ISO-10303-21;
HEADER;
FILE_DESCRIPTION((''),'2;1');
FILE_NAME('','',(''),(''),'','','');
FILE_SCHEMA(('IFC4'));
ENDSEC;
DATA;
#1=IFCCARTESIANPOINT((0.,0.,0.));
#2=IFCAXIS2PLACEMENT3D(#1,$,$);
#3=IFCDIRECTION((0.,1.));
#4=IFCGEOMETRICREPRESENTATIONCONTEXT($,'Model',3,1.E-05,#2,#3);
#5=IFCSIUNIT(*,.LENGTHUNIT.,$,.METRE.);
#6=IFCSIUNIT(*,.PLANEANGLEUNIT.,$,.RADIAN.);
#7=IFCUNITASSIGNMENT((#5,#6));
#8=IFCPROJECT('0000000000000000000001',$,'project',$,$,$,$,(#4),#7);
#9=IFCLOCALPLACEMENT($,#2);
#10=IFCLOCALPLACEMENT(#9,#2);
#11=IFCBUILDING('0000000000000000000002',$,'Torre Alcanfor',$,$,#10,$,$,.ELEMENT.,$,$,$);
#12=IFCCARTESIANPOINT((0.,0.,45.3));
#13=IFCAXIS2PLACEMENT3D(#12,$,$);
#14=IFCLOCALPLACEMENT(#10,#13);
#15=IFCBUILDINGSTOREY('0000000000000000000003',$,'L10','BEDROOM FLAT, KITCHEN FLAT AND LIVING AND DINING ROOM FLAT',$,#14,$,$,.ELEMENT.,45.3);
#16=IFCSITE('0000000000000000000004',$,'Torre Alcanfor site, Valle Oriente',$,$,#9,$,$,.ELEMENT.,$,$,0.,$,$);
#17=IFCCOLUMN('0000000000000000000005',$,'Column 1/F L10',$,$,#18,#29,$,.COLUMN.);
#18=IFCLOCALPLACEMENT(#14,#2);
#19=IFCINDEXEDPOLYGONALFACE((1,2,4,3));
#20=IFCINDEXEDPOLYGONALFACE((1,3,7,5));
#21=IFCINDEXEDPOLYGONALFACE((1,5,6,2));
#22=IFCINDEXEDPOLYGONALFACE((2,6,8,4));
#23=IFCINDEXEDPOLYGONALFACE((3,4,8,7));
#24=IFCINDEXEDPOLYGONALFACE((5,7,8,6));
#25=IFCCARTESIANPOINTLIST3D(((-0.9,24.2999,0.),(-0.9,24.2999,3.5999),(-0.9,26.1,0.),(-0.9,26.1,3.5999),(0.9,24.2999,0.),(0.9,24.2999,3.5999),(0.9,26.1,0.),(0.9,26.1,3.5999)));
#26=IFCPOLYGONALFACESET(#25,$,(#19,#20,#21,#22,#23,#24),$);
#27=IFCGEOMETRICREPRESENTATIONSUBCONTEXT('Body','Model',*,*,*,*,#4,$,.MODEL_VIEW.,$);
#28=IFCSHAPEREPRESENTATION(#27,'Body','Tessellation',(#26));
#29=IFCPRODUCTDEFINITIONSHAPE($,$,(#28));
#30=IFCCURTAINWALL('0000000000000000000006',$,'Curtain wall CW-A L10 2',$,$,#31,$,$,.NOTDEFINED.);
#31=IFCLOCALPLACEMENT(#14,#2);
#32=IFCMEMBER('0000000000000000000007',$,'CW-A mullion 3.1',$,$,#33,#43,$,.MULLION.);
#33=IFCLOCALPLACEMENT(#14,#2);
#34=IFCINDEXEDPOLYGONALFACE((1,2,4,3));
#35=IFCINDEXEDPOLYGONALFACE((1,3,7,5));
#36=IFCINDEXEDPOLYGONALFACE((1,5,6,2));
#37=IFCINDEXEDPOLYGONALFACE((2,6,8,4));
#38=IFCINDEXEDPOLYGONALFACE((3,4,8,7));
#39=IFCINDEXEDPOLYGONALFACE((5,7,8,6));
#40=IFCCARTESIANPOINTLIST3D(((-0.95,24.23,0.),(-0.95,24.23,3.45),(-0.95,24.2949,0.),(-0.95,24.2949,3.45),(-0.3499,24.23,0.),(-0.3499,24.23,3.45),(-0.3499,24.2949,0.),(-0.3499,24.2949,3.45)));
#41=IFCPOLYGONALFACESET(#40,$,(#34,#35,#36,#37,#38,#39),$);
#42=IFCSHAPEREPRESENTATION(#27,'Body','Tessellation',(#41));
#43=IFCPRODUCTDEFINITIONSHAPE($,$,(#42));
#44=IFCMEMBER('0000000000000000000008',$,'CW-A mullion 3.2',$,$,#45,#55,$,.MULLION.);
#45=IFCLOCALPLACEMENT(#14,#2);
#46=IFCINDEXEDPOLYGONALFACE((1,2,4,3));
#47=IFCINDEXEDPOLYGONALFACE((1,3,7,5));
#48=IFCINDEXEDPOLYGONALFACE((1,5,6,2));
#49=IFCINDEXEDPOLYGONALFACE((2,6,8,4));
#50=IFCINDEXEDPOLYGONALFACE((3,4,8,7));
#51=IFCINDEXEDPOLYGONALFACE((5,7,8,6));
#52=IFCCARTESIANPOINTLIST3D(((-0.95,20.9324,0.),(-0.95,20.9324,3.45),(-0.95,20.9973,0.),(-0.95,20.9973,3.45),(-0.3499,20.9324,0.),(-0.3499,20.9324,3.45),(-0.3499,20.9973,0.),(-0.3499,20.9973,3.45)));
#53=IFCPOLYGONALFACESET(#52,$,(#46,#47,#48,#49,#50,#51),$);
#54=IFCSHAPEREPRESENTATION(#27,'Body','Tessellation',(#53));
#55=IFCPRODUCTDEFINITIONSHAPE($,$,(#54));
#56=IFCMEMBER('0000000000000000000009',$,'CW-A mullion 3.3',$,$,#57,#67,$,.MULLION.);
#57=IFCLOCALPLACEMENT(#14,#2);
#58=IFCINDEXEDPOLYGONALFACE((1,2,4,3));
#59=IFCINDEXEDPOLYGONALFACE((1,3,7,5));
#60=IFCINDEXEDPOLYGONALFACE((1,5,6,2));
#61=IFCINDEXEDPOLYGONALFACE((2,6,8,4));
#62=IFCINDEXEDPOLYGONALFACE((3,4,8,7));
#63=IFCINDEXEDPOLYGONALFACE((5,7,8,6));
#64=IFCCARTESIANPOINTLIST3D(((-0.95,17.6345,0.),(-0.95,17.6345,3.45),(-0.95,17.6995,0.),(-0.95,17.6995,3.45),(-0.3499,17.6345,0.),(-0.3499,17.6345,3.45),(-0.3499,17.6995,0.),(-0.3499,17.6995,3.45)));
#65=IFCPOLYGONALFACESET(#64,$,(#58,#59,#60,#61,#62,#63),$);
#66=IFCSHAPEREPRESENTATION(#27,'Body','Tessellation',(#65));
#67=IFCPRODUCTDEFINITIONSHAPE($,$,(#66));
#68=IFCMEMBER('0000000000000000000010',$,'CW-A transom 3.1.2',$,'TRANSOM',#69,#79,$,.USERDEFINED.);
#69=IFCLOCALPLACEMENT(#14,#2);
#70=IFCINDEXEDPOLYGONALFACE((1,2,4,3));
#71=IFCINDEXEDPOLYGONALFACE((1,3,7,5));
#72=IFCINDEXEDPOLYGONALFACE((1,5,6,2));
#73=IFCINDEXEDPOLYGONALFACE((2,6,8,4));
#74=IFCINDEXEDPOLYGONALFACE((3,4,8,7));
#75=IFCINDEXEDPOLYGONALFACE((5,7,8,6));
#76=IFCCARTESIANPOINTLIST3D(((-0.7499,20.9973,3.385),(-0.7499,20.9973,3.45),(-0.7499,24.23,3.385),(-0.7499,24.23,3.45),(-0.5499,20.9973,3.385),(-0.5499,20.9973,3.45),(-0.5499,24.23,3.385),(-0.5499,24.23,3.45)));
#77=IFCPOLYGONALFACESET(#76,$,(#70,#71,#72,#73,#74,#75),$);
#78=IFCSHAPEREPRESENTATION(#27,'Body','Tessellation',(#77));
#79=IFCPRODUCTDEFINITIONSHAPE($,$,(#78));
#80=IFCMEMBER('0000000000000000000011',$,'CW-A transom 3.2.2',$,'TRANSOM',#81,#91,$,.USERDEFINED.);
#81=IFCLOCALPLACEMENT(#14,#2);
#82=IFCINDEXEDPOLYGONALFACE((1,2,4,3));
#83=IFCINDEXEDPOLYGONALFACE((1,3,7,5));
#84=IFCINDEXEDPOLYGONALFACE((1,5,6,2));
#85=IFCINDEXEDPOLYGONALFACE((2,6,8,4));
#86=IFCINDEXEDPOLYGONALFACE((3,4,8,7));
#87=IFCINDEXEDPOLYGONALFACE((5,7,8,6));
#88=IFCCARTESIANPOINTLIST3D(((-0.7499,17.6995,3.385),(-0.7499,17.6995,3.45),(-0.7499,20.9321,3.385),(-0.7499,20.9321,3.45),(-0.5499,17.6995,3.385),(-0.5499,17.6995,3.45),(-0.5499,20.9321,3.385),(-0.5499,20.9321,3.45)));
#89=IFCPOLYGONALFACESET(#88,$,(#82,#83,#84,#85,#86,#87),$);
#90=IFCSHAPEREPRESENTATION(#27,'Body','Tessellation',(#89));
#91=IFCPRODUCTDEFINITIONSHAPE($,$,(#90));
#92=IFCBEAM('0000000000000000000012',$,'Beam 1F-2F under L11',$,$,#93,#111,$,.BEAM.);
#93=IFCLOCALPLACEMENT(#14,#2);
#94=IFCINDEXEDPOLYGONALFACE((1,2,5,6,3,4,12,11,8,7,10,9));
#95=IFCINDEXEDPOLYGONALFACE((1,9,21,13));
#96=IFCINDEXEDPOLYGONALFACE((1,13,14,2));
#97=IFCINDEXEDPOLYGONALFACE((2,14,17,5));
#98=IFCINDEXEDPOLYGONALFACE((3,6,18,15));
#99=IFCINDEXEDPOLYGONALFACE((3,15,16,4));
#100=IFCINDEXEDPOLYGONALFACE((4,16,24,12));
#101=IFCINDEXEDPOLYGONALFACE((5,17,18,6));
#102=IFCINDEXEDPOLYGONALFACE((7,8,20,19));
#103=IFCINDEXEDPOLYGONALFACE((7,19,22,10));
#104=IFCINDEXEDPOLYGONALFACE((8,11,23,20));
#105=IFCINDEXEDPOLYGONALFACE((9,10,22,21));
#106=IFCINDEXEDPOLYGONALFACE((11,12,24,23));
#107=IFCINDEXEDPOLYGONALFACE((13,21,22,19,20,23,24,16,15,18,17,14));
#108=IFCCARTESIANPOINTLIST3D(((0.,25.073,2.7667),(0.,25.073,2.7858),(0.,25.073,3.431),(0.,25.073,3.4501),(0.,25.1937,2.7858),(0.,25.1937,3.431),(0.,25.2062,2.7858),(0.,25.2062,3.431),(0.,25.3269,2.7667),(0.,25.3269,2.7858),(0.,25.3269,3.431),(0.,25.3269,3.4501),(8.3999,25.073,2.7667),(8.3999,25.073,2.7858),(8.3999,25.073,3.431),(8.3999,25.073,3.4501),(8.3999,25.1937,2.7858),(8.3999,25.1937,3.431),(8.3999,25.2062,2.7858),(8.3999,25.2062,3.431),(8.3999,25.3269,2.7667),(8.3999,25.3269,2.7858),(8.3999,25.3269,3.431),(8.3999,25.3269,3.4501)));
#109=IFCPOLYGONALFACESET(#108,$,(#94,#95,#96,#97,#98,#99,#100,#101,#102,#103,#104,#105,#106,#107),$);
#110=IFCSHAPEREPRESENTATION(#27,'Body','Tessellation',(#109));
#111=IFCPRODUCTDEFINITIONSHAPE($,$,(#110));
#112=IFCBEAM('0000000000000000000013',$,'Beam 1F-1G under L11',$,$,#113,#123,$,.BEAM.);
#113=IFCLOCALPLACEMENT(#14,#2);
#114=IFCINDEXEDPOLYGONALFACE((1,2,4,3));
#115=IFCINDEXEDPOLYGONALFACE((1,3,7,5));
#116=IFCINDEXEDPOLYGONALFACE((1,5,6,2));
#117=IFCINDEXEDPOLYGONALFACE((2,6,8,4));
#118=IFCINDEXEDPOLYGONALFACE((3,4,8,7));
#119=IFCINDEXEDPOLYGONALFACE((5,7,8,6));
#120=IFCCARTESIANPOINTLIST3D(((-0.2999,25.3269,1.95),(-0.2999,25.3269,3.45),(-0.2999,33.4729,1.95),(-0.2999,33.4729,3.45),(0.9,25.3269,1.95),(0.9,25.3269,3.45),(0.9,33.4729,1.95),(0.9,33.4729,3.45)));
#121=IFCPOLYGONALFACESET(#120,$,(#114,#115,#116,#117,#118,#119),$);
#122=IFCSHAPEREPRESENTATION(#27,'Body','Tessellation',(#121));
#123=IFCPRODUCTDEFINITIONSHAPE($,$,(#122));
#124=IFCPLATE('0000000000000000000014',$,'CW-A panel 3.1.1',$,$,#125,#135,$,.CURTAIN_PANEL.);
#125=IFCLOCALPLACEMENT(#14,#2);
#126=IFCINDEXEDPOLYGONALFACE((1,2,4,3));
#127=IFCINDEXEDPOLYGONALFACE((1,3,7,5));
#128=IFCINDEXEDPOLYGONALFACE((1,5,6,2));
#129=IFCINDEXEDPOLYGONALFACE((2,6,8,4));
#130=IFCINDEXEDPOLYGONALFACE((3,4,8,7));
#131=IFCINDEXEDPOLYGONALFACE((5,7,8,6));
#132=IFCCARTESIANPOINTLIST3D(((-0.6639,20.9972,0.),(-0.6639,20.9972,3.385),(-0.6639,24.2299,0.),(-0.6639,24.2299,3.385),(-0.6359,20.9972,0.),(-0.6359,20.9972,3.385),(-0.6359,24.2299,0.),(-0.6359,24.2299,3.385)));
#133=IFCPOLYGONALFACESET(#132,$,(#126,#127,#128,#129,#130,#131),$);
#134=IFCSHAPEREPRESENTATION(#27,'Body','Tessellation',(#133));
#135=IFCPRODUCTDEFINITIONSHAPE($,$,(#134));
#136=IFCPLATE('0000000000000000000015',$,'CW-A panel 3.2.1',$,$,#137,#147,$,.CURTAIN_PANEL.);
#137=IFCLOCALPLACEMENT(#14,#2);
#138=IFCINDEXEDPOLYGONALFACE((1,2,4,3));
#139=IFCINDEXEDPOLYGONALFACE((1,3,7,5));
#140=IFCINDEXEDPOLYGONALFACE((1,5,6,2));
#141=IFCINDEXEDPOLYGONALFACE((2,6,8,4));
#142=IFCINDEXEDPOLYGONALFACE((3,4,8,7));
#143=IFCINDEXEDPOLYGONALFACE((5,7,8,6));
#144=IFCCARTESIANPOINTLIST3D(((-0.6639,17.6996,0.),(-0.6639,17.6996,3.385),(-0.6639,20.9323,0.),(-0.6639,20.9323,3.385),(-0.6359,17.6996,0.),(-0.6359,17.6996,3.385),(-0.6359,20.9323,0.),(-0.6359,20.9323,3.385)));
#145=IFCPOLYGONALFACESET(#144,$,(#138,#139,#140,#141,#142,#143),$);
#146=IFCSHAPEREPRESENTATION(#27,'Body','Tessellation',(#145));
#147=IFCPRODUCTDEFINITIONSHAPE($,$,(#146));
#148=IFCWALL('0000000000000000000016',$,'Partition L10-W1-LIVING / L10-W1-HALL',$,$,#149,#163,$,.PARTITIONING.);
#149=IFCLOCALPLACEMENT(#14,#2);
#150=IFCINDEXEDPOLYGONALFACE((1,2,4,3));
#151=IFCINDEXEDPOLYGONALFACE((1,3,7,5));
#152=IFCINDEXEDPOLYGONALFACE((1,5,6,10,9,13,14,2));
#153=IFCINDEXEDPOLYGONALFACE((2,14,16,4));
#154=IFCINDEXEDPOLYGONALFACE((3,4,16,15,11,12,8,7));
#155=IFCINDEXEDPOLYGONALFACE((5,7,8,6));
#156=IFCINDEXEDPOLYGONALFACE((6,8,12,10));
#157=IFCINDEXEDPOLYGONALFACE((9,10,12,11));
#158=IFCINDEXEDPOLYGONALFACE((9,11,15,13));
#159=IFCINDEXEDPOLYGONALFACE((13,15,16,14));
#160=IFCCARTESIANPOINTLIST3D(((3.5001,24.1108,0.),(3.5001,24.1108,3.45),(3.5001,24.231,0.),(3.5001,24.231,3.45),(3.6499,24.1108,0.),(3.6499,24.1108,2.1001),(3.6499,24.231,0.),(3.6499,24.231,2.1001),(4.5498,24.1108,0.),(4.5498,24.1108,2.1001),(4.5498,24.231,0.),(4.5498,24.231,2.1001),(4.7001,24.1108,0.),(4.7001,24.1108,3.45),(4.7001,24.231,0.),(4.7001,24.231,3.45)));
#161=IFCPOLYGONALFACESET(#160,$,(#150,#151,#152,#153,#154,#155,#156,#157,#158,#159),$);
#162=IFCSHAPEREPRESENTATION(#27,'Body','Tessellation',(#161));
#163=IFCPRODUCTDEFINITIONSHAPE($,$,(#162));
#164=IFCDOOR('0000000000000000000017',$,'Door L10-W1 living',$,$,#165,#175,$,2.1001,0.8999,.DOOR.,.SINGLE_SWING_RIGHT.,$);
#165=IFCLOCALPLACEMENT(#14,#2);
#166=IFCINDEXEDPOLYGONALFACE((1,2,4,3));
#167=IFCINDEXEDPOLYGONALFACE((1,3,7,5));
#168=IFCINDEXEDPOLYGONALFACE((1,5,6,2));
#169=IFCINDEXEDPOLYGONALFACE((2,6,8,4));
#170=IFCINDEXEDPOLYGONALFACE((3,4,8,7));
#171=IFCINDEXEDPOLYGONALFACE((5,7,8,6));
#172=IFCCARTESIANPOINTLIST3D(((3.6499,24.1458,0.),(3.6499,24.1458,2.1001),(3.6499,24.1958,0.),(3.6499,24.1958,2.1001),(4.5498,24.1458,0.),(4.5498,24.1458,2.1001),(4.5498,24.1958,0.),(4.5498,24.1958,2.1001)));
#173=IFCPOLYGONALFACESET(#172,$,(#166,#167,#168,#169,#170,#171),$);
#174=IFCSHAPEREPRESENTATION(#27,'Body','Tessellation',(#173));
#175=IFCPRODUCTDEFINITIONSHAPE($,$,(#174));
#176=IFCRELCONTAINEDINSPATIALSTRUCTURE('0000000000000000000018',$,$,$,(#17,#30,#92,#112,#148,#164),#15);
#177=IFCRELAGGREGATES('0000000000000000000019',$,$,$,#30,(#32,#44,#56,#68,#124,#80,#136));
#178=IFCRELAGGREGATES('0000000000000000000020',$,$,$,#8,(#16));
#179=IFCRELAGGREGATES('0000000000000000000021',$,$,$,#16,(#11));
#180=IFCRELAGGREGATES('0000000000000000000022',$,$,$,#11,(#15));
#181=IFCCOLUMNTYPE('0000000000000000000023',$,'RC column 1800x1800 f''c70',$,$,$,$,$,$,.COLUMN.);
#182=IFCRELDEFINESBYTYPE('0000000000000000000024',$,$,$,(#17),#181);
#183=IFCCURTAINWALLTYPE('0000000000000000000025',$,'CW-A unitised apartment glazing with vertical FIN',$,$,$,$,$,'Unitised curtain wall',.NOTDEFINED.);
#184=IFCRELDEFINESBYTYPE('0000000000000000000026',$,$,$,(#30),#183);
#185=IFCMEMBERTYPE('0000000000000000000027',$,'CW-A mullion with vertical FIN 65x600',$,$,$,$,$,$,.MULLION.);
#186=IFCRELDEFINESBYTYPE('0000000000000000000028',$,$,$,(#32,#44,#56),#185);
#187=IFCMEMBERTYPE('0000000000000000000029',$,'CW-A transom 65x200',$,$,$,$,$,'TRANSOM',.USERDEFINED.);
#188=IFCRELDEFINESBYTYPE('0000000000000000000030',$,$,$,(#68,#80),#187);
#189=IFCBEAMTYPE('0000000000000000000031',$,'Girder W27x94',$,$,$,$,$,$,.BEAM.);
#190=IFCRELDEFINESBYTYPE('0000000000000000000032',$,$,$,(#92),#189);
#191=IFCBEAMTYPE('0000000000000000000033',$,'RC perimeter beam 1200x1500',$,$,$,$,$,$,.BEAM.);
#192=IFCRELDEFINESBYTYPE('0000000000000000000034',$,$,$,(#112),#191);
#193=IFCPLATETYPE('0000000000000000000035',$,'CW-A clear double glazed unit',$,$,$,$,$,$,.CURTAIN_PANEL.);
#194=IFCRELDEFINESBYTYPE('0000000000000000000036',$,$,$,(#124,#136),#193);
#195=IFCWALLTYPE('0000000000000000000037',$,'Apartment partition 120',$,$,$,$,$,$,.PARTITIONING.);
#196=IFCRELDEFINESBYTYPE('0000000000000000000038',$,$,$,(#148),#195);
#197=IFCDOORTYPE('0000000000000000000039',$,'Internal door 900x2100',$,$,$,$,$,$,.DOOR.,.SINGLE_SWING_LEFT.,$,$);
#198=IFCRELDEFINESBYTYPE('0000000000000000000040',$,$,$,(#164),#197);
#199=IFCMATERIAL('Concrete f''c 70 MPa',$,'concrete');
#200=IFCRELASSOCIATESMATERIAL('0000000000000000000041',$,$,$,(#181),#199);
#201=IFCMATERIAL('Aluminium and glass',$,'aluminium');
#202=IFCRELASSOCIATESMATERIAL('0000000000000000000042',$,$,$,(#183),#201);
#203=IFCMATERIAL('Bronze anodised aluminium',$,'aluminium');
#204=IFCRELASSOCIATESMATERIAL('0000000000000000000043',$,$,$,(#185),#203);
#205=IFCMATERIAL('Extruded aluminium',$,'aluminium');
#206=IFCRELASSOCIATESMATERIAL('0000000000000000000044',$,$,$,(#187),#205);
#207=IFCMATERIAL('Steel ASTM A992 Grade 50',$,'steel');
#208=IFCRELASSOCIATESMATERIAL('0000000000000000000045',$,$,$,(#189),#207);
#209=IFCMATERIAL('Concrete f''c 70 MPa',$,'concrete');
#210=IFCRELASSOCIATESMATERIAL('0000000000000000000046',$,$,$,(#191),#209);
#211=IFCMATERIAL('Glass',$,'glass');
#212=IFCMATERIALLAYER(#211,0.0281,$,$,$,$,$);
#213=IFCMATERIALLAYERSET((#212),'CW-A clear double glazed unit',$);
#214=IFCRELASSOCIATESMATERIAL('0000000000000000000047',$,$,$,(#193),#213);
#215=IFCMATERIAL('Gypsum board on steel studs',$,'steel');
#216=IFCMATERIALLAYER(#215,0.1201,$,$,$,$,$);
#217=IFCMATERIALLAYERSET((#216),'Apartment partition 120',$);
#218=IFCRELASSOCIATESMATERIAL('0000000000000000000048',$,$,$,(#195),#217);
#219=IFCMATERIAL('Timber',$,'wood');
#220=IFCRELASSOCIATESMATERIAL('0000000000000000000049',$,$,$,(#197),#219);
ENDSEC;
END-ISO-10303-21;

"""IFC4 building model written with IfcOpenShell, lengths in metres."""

from ifc_helpers import new_model, si_unit, direction, frame, frame_2d, origin, origin_2d, place, context, subcontext, project, spatial, rectangle, i_section, extrude, material, layer, layer_set, material_profile, profile_set, type_object, element, fill, aggregate, save


model = new_model("IFC4")

# Units and contexts
model_context = context("Model", 3, precision=1e-05, world=origin(), true_north=direction((0.0, 1.0)))
body_context = subcontext(model_context, "Body", "Model", "MODEL_VIEW")
ifc_project = project(units=[si_unit("LENGTHUNIT", "METRE"), si_unit("PLANEANGLEUNIT", "RADIAN")], contexts=[model_context])

# Site, building, storey
site_placement = place(None, origin())
site = spatial("IfcSite", under=ifc_project, at=site_placement, Name="Torre Alcanfor site, Valle Oriente", CompositionType="ELEMENT", RefElevation=0.0)
building_placement = place(site_placement, origin())
building = spatial("IfcBuilding", under=site, at=building_placement, Name="Torre Alcanfor", CompositionType="ELEMENT")
storey_placement = place(building_placement, frame((0.0, 0.0, 45.3)))
storey = spatial("IfcBuildingStorey", under=building, at=storey_placement, Name="L10", Description="BEDROOM FLAT, KITCHEN FLAT AND LIVING AND DINING ROOM FLAT", CompositionType="ELEMENT", Elevation=45.3)

# Column
ifc_material_1 = material(Name="Concrete f'c 70 MPa", Category="concrete")
ifc_material_profile_1 = material_profile(ifc_material_1, rectangle(XDim=1.8, YDim=1.8, at=origin_2d()), Name="1800x1800")
ifc_profile_set_1 = profile_set([ifc_material_profile_1], Name="Concrete f'c 70 MPa")
column_type = type_object("IfcColumnType", Name="RC column 1800x1800 f'c70", PredefinedType="COLUMN", material=ifc_profile_set_1)
column_placement = place(storey_placement, frame((0.0, 25.2, 0.0), z_axis=(0.0, 0.0, 1.0), x_axis=(1.0, 0.0, 0.0)))
element("IfcColumn", 1, at=column_placement, inside=storey, type_object=column_type, Name="Column 1/F L10", PredefinedType="COLUMN", context=body_context, shape_type="SweptSolid", body=[
    extrude(rectangle(XDim=1.8, YDim=1.8, at=origin_2d()), origin(), (0.0, 0.0, 1.0), 3.5999),
])

# Curtain wall, members
ifc_material_2 = material(Name="Aluminium and glass", Category="aluminium")
curtain_wall_type = type_object("IfcCurtainWallType", Name="CW-A unitised apartment glazing with vertical FIN", ElementType="Unitised curtain wall", PredefinedType="NOTDEFINED", material=ifc_material_2)
curtain_wall_placement = place(storey_placement, origin())
curtain_wall = element("IfcCurtainWall", 2, at=curtain_wall_placement, inside=storey, type_object=curtain_wall_type, Name="Curtain wall CW-A L10 2", PredefinedType="NOTDEFINED")
ifc_material_3 = material(Name="Bronze anodised aluminium", Category="aluminium")
ifc_material_profile_2 = material_profile(ifc_material_3, rectangle(XDim=0.6001, YDim=0.0649, at=origin_2d()), Name="CW-A mullion 65x600")
ifc_profile_set_2 = profile_set([ifc_material_profile_2], Name="Bronze anodised aluminium")
member_type_1 = type_object("IfcMemberType", Name="CW-A mullion with vertical FIN 65x600", PredefinedType="MULLION", material=ifc_profile_set_2)
member_1_placement = place(storey_placement, frame((-0.6499, 24.2625, 0.0), z_axis=(0.0, 0.0, 1.0), x_axis=(1.0, 0.0, 0.0)))
member_1 = element("IfcMember", 3, at=member_1_placement, type_object=member_type_1, Name="CW-A mullion 3.1", PredefinedType="MULLION", context=body_context, shape_type="SweptSolid", body=[
    extrude(rectangle(XDim=0.6001, YDim=0.0649, at=origin_2d()), origin(), (0.0, 0.0, 1.0), 3.45),
])
member_2_placement = place(storey_placement, frame((-0.6499, 20.9648, 0.0), z_axis=(0.0, 0.0, 1.0), x_axis=(1.0, 0.0, 0.0)))
member_2 = element("IfcMember", 4, at=member_2_placement, type_object=member_type_1, Name="CW-A mullion 3.2", PredefinedType="MULLION", context=body_context, shape_type="SweptSolid", body=[
    extrude(rectangle(XDim=0.6001, YDim=0.0649, at=origin_2d()), origin(), (0.0, 0.0, 1.0), 3.45),
])
member_3_placement = place(storey_placement, frame((-0.6499, 17.667, 0.0), z_axis=(0.0, 0.0, 1.0), x_axis=(1.0, 0.0, 0.0)))
member_3 = element("IfcMember", 5, at=member_3_placement, type_object=member_type_1, Name="CW-A mullion 3.3", PredefinedType="MULLION", context=body_context, shape_type="SweptSolid", body=[
    extrude(rectangle(XDim=0.6001, YDim=0.0649, at=origin_2d()), origin(), (0.0, 0.0, 1.0), 3.45),
])
ifc_material_4 = material(Name="Extruded aluminium", Category="aluminium")
ifc_material_profile_3 = material_profile(ifc_material_4, rectangle(XDim=0.2, YDim=0.0649, at=origin_2d()), Name="CW-A transom 200x65")
ifc_profile_set_3 = profile_set([ifc_material_profile_3], Name="Extruded aluminium")
member_type_2 = type_object("IfcMemberType", Name="CW-A transom 65x200", ElementType="TRANSOM", PredefinedType="USERDEFINED", material=ifc_profile_set_3)
member_4_placement = place(storey_placement, frame((-0.6499, 24.23, 3.4175), z_axis=(0.0, -1.0, 0.0), x_axis=(1.0, 0.0, 0.0)))
member_4 = element("IfcMember", 6, at=member_4_placement, type_object=member_type_2, Name="CW-A transom 3.1.2", ObjectType="TRANSOM", PredefinedType="USERDEFINED", context=body_context, shape_type="SweptSolid", body=[
    extrude(rectangle(XDim=0.2, YDim=0.0649, at=origin_2d()), origin(), (0.0, 0.0, 1.0), 3.2327),
])
member_5_placement = place(storey_placement, frame((-0.6499, 20.9321, 3.4175), z_axis=(0.0, -1.0, 0.0), x_axis=(1.0, 0.0, 0.0)))
member_5 = element("IfcMember", 7, at=member_5_placement, type_object=member_type_2, Name="CW-A transom 3.2.2", ObjectType="TRANSOM", PredefinedType="USERDEFINED", context=body_context, shape_type="SweptSolid", body=[
    extrude(rectangle(XDim=0.2, YDim=0.0649, at=origin_2d()), origin(), (0.0, 0.0, 1.0), 3.2327),
])

# Beams
ifc_material_5 = material(Name="Steel ASTM A992 Grade 50", Category="steel")
ifc_material_profile_4 = material_profile(ifc_material_5, i_section(OverallWidth=0.2539, OverallDepth=0.6833, WebThickness=0.0125, FlangeThickness=0.019, at=origin_2d()), Name="W27x94")
ifc_profile_set_4 = profile_set([ifc_material_profile_4], Name="Steel ASTM A992 Grade 50")
beam_type_1 = type_object("IfcBeamType", Name="Girder W27x94", PredefinedType="BEAM", material=ifc_profile_set_4)
beam_1_placement = place(storey_placement, frame((0.0, 25.2, 3.1084), z_axis=(1.0, 0.0, 0.0), x_axis=(0.0, 1.0, 0.0)))
element("IfcBeam", 8, at=beam_1_placement, inside=storey, type_object=beam_type_1, Name="Beam 1F-2F under L11", PredefinedType="BEAM", context=body_context, shape_type="SweptSolid", body=[
    extrude(i_section(OverallWidth=0.2539, OverallDepth=0.6833, WebThickness=0.0125, FlangeThickness=0.019, at=origin_2d()), origin(), (0.0, 0.0, 1.0), 8.3999),
])
ifc_material_6 = material(Name="Concrete f'c 70 MPa", Category="concrete")
ifc_material_profile_5 = material_profile(ifc_material_6, rectangle(XDim=1.2, YDim=1.5, at=origin_2d()), Name="1200x1500")
ifc_profile_set_5 = profile_set([ifc_material_profile_5], Name="Concrete f'c 70 MPa")
beam_type_2 = type_object("IfcBeamType", Name="RC perimeter beam 1200x1500", PredefinedType="BEAM", material=ifc_profile_set_5)
beam_2_placement = place(storey_placement, frame((0.3, 25.3269, 2.7), z_axis=(0.0, 1.0, 0.0), x_axis=(-1.0, 0.0, 0.0)))
element("IfcBeam", 9, at=beam_2_placement, inside=storey, type_object=beam_type_2, Name="Beam 1F-1G under L11", PredefinedType="BEAM", context=body_context, shape_type="SweptSolid", body=[
    extrude(rectangle(XDim=1.2, YDim=1.5, at=origin_2d()), origin(), (0.0, 0.0, 1.0), 8.146),
])

# Plates
ifc_material_7 = material(Name="Glass", Category="glass")
ifc_layer_1 = layer(ifc_material_7, 0.0281)
ifc_layer_set_1 = layer_set([ifc_layer_1], Name="CW-A clear double glazed unit")
plate_type = type_object("IfcPlateType", Name="CW-A clear double glazed unit", PredefinedType="CURTAIN_PANEL", material=ifc_layer_set_1)
plate_1_placement = place(storey_placement, frame((-0.6499, 22.6135, 0.0), z_axis=(0.0, 0.0, 1.0), x_axis=(0.0, -1.0, 0.0)))
plate_1 = element("IfcPlate", 10, at=plate_1_placement, type_object=plate_type, Name="CW-A panel 3.1.1", PredefinedType="CURTAIN_PANEL", context=body_context, shape_type="SweptSolid", body=[
    extrude(rectangle(XDim=3.2327, YDim=0.0281, at=origin_2d()), origin(), (0.0, 0.0, 1.0), 3.385),
])
plate_2_placement = place(storey_placement, frame((-0.6499, 19.3159, 0.0), z_axis=(0.0, 0.0, 1.0), x_axis=(0.0, -1.0, 0.0)))
plate_2 = element("IfcPlate", 11, at=plate_2_placement, type_object=plate_type, Name="CW-A panel 3.2.1", PredefinedType="CURTAIN_PANEL", context=body_context, shape_type="SweptSolid", body=[
    extrude(rectangle(XDim=3.2327, YDim=0.0281, at=origin_2d()), origin(), (0.0, 0.0, 1.0), 3.385),
])
aggregate(curtain_wall, [member_1, member_2, member_3, member_4, plate_1, member_5, plate_2])

# Wall, opening, door
ifc_material_8 = material(Name="Gypsum board on steel studs", Category="steel")
ifc_layer_2 = layer(ifc_material_8, 0.1201)
ifc_layer_set_2 = layer_set([ifc_layer_2], Name="Apartment partition 120")
wall_type_1 = type_object("IfcWallType", Name="Apartment partition 120", PredefinedType="PARTITIONING", material=ifc_layer_set_2)
wall_1_placement = place(storey_placement, frame((3.5, 24.1709, 0.0), z_axis=(0.0, 0.0, 1.0), x_axis=(1.0, 0.0, 0.0)))
wall_1 = element("IfcWall", 12, at=wall_1_placement, inside=storey, type_object=wall_type_1, Name="Partition L10-W1-LIVING / L10-W1-HALL", PredefinedType="PARTITIONING", context=body_context, shape_type="SweptSolid", body=[
    extrude(rectangle(XDim=1.2, YDim=0.1201, at=frame_2d((0.6001, 0.0))), origin(), (0.0, 0.0, 1.0), 3.45),
])
opening_1_placement = place(wall_1_placement, frame((0.1499, 0.0, 0.0)))
opening_1 = element("IfcOpeningElement", 13, at=opening_1_placement, cuts=wall_1, PredefinedType="OPENING", context=body_context, shape_type="SweptSolid", body=[
    extrude(rectangle(XDim=0.8999, YDim=2.1001, at=frame_2d((0.45, 1.05))), frame((0.0, 0.0701, 0.0), z_axis=(0.0, -1.0, 0.0), x_axis=(1.0, 0.0, 0.0)), (0.0, 0.0, 1.0), 0.1401),
])
ifc_material_9 = material(Name="Timber", Category="wood")
door_type = type_object("IfcDoorType", Name="Internal door 900x2100", OperationType="SINGLE_SWING_LEFT", PredefinedType="DOOR", material=ifc_material_9)
door_1_placement = place(opening_1_placement, origin())
door_1 = element("IfcDoor", 14, at=door_1_placement, inside=storey, type_object=door_type, Name="Door L10-W1 living", OperationType="SINGLE_SWING_RIGHT", OverallHeight=2.1001, OverallWidth=0.8999, PredefinedType="DOOR", context=body_context, shape_type="SweptSolid", body=[
    extrude(rectangle(XDim=0.8999, YDim=2.1001, at=frame_2d((0.45, 1.05))), frame((0.0, 0.0249, 0.0), z_axis=(0.0, -1.0, 0.0), x_axis=(1.0, 0.0, 0.0)), (0.0, 0.0, 1.0), 0.05),
])
fill(opening_1, door_1)

save(model, "model.ifc")
